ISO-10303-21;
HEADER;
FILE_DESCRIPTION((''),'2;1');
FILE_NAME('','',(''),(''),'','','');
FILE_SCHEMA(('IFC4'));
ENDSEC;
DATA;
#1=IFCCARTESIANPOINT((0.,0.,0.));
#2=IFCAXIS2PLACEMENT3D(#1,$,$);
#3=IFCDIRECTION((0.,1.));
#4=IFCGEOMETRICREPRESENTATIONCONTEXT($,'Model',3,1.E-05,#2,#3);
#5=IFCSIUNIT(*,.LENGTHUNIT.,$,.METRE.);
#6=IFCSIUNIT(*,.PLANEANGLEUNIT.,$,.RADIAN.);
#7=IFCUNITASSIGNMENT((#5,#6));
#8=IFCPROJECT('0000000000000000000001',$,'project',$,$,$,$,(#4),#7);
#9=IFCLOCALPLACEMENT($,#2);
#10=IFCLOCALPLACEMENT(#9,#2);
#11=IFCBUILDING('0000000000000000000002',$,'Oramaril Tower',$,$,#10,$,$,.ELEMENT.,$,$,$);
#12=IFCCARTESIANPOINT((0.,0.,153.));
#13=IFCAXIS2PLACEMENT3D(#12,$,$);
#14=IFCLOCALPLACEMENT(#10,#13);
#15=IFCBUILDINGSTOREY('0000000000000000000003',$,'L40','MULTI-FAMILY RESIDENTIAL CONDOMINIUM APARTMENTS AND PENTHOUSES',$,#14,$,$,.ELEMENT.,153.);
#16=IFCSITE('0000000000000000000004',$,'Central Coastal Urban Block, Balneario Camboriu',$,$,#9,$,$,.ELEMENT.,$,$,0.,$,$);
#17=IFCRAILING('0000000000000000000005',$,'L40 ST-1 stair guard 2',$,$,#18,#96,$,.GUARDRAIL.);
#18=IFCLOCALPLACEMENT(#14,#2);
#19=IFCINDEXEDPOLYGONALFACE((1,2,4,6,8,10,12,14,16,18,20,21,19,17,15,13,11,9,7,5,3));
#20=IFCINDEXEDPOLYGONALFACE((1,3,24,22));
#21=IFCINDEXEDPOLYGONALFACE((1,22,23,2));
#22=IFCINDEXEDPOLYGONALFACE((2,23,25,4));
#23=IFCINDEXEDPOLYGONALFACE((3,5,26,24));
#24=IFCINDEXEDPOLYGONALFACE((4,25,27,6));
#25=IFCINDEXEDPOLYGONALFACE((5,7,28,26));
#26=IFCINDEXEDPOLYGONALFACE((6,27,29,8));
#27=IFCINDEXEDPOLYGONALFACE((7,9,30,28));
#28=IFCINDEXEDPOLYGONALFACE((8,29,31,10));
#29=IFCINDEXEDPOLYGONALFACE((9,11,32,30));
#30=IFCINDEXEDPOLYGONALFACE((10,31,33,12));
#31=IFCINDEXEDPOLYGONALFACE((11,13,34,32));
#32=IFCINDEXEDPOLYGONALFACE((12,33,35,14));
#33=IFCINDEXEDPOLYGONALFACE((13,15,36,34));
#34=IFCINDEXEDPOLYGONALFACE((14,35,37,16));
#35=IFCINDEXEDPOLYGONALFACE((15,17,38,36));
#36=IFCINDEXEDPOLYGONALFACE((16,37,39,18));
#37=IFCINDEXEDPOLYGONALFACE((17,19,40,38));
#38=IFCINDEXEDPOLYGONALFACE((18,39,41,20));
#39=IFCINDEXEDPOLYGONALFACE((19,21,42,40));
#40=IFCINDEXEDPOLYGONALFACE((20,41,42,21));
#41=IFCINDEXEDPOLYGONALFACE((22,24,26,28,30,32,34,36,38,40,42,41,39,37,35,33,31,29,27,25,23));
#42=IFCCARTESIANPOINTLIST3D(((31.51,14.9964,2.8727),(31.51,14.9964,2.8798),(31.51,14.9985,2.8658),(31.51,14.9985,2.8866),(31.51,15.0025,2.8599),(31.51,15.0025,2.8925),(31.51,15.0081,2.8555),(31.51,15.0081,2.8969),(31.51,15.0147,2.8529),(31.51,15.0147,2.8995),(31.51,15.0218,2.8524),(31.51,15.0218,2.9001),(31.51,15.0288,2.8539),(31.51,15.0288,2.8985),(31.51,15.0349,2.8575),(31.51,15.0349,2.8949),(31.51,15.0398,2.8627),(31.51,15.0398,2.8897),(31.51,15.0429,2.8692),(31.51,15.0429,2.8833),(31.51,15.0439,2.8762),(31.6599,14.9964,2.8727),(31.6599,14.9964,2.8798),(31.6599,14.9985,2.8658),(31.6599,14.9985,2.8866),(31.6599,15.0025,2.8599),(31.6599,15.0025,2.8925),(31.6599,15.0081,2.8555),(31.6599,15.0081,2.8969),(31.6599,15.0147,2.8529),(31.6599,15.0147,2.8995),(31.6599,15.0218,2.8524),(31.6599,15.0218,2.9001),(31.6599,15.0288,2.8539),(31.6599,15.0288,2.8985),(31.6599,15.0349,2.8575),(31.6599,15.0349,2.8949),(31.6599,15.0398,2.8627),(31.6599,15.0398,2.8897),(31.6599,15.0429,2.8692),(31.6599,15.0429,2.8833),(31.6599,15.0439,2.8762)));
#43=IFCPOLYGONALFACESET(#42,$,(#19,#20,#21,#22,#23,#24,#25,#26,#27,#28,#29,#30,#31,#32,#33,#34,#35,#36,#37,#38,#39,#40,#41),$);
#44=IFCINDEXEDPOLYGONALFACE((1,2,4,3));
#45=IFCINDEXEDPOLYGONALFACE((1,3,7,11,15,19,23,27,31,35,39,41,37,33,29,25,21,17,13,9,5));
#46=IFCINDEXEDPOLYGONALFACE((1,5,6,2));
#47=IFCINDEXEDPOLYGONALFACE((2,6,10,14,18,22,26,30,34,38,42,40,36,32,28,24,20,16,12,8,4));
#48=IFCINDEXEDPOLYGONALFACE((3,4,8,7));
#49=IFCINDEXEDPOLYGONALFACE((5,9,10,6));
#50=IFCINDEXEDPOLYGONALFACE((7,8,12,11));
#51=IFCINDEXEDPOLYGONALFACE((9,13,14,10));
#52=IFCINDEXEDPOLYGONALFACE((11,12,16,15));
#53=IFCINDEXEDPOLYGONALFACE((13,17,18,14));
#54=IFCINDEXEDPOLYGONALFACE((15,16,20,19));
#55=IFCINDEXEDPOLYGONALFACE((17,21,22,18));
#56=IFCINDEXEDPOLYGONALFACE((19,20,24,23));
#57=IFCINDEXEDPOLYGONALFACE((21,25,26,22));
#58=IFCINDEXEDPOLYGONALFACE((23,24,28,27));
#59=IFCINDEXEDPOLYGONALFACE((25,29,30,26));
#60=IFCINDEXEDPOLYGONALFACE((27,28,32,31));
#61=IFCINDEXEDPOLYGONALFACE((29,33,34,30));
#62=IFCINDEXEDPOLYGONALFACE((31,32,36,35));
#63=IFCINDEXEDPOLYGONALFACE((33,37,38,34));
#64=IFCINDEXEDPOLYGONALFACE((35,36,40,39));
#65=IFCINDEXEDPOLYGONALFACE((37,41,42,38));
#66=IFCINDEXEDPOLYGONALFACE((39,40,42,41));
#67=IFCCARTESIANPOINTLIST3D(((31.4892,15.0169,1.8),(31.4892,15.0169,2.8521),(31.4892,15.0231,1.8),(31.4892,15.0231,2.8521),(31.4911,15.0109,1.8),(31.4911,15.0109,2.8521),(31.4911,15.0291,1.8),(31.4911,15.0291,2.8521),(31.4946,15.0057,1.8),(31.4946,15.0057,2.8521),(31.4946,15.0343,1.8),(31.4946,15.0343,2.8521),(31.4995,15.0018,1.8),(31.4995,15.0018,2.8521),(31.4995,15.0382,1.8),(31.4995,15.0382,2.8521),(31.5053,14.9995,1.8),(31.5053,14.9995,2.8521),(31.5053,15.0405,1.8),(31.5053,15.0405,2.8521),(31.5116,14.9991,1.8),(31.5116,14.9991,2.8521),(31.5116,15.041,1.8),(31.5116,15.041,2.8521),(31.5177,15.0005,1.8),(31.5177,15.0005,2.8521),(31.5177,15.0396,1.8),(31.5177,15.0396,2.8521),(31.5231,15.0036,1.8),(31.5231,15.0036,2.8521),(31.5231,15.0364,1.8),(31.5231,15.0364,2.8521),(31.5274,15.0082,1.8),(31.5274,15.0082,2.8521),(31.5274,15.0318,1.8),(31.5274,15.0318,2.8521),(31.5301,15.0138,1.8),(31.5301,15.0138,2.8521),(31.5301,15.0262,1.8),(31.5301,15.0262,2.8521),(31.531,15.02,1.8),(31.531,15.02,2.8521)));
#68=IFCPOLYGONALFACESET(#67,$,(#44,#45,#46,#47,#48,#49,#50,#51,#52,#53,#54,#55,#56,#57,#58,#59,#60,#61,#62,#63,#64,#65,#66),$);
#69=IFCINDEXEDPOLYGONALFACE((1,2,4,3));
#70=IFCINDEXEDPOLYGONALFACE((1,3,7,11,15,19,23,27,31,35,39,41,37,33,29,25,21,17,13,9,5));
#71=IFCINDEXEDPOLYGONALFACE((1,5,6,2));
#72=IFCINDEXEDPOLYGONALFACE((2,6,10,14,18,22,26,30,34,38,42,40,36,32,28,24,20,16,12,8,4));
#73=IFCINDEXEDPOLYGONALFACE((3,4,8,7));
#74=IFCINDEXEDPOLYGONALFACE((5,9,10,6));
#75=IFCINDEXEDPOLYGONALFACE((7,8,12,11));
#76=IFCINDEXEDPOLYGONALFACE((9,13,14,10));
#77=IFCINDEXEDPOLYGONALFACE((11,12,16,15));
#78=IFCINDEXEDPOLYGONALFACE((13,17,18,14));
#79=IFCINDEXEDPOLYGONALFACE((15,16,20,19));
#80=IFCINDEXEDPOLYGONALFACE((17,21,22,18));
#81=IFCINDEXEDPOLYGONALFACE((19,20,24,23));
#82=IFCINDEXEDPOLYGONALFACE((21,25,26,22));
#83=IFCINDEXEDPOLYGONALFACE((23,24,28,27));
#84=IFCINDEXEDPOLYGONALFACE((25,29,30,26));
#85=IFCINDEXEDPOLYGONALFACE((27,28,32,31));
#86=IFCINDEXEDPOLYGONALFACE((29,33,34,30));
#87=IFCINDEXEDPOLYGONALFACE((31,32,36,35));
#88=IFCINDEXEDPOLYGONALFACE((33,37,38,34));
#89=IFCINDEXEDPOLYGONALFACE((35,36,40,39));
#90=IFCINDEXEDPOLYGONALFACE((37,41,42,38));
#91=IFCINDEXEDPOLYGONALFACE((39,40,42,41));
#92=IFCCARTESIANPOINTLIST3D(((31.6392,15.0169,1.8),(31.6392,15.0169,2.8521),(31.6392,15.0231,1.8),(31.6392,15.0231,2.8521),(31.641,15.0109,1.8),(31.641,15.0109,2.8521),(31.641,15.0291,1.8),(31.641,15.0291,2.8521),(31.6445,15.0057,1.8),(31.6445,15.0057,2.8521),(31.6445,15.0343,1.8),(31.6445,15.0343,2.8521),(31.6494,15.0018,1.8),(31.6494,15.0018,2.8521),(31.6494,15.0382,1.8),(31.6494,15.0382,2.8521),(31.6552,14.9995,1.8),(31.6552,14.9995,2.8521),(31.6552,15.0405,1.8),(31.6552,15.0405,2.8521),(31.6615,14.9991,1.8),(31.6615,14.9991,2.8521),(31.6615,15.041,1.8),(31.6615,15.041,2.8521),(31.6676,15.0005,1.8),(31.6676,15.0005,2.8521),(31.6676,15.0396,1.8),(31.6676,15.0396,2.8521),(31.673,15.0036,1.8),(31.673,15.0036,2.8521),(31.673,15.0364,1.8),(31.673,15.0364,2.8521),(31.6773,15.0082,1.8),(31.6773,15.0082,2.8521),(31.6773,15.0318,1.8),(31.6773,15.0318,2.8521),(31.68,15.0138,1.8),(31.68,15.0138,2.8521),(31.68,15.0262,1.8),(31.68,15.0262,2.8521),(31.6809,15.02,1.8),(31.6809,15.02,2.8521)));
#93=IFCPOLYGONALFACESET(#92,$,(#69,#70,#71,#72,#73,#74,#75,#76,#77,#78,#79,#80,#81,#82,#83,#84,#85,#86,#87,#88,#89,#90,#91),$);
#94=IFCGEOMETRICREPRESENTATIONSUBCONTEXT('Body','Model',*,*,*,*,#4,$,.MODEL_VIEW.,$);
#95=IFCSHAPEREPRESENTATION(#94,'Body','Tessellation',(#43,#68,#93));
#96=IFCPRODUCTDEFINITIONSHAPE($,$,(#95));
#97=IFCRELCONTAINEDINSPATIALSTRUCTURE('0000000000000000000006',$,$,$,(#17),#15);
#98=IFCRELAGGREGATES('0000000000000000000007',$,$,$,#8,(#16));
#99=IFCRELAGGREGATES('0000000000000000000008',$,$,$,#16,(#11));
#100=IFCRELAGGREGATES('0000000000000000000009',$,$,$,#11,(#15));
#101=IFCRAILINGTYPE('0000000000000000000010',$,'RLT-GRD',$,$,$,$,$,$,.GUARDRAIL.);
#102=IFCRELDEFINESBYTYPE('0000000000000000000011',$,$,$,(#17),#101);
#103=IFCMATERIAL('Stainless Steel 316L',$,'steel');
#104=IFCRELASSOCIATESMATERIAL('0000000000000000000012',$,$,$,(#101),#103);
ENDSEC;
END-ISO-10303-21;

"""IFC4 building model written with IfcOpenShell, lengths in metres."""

from ifc_helpers import new_model, si_unit, direction, frame, origin, origin_2d, place, context, subcontext, project, spatial, circle, extrude, material, type_object, element, save


model = new_model("IFC4")

# Units and contexts
model_context = context("Model", 3, precision=1e-05, world=origin(), true_north=direction((0.0, 1.0)))
body_context = subcontext(model_context, "Body", "Model", "MODEL_VIEW")
ifc_project = project(units=[si_unit("LENGTHUNIT", "METRE"), si_unit("PLANEANGLEUNIT", "RADIAN")], contexts=[model_context])

# Site, building, storey
site_placement = place(None, origin())
site = spatial("IfcSite", under=ifc_project, at=site_placement, Name="Central Coastal Urban Block, Balneario Camboriu", CompositionType="ELEMENT", RefElevation=0.0)
building_placement = place(site_placement, origin())
building = spatial("IfcBuilding", under=site, at=building_placement, Name="Oramaril Tower", CompositionType="ELEMENT")
storey_placement = place(building_placement, frame((0.0, 0.0, 153.0)))
storey = spatial("IfcBuildingStorey", under=building, at=storey_placement, Name="L40", Description="MULTI-FAMILY RESIDENTIAL CONDOMINIUM APARTMENTS AND PENTHOUSES", CompositionType="ELEMENT", Elevation=153.0)

# Railing
ifc_material_1 = material(Name="Stainless Steel 316L", Category="steel")
railing_type_1 = type_object("IfcRailingType", Name="RLT-GRD", PredefinedType="GUARDRAIL", material=ifc_material_1)
railing_1_placement = place(storey_placement, frame((31.51, 15.02, 1.8)))
element("IfcRailing", 1, at=railing_1_placement, inside=storey, type_object=railing_type_1, Name="L40 ST-1 stair guard 2", PredefinedType="GUARDRAIL", context=body_context, shape_type="SweptSolid", body=[
    extrude(circle(Radius=0.0239, at=origin_2d()), frame((0.0, 0.0, 1.0762), z_axis=(1.0, 0.0, 0.0), x_axis=(0.0, 1.0, 0.0)), (0.0, 0.0, 1.0), 0.1499),
    extrude(circle(Radius=0.021, at=origin_2d()), origin(), (0.0, 0.0, 1.0), 1.052),
    extrude(circle(Radius=0.021, at=origin_2d()), frame((0.1499, 0.0, 0.0)), (0.0, 0.0, 1.0), 1.052),
])

save(model, "model.ifc")
